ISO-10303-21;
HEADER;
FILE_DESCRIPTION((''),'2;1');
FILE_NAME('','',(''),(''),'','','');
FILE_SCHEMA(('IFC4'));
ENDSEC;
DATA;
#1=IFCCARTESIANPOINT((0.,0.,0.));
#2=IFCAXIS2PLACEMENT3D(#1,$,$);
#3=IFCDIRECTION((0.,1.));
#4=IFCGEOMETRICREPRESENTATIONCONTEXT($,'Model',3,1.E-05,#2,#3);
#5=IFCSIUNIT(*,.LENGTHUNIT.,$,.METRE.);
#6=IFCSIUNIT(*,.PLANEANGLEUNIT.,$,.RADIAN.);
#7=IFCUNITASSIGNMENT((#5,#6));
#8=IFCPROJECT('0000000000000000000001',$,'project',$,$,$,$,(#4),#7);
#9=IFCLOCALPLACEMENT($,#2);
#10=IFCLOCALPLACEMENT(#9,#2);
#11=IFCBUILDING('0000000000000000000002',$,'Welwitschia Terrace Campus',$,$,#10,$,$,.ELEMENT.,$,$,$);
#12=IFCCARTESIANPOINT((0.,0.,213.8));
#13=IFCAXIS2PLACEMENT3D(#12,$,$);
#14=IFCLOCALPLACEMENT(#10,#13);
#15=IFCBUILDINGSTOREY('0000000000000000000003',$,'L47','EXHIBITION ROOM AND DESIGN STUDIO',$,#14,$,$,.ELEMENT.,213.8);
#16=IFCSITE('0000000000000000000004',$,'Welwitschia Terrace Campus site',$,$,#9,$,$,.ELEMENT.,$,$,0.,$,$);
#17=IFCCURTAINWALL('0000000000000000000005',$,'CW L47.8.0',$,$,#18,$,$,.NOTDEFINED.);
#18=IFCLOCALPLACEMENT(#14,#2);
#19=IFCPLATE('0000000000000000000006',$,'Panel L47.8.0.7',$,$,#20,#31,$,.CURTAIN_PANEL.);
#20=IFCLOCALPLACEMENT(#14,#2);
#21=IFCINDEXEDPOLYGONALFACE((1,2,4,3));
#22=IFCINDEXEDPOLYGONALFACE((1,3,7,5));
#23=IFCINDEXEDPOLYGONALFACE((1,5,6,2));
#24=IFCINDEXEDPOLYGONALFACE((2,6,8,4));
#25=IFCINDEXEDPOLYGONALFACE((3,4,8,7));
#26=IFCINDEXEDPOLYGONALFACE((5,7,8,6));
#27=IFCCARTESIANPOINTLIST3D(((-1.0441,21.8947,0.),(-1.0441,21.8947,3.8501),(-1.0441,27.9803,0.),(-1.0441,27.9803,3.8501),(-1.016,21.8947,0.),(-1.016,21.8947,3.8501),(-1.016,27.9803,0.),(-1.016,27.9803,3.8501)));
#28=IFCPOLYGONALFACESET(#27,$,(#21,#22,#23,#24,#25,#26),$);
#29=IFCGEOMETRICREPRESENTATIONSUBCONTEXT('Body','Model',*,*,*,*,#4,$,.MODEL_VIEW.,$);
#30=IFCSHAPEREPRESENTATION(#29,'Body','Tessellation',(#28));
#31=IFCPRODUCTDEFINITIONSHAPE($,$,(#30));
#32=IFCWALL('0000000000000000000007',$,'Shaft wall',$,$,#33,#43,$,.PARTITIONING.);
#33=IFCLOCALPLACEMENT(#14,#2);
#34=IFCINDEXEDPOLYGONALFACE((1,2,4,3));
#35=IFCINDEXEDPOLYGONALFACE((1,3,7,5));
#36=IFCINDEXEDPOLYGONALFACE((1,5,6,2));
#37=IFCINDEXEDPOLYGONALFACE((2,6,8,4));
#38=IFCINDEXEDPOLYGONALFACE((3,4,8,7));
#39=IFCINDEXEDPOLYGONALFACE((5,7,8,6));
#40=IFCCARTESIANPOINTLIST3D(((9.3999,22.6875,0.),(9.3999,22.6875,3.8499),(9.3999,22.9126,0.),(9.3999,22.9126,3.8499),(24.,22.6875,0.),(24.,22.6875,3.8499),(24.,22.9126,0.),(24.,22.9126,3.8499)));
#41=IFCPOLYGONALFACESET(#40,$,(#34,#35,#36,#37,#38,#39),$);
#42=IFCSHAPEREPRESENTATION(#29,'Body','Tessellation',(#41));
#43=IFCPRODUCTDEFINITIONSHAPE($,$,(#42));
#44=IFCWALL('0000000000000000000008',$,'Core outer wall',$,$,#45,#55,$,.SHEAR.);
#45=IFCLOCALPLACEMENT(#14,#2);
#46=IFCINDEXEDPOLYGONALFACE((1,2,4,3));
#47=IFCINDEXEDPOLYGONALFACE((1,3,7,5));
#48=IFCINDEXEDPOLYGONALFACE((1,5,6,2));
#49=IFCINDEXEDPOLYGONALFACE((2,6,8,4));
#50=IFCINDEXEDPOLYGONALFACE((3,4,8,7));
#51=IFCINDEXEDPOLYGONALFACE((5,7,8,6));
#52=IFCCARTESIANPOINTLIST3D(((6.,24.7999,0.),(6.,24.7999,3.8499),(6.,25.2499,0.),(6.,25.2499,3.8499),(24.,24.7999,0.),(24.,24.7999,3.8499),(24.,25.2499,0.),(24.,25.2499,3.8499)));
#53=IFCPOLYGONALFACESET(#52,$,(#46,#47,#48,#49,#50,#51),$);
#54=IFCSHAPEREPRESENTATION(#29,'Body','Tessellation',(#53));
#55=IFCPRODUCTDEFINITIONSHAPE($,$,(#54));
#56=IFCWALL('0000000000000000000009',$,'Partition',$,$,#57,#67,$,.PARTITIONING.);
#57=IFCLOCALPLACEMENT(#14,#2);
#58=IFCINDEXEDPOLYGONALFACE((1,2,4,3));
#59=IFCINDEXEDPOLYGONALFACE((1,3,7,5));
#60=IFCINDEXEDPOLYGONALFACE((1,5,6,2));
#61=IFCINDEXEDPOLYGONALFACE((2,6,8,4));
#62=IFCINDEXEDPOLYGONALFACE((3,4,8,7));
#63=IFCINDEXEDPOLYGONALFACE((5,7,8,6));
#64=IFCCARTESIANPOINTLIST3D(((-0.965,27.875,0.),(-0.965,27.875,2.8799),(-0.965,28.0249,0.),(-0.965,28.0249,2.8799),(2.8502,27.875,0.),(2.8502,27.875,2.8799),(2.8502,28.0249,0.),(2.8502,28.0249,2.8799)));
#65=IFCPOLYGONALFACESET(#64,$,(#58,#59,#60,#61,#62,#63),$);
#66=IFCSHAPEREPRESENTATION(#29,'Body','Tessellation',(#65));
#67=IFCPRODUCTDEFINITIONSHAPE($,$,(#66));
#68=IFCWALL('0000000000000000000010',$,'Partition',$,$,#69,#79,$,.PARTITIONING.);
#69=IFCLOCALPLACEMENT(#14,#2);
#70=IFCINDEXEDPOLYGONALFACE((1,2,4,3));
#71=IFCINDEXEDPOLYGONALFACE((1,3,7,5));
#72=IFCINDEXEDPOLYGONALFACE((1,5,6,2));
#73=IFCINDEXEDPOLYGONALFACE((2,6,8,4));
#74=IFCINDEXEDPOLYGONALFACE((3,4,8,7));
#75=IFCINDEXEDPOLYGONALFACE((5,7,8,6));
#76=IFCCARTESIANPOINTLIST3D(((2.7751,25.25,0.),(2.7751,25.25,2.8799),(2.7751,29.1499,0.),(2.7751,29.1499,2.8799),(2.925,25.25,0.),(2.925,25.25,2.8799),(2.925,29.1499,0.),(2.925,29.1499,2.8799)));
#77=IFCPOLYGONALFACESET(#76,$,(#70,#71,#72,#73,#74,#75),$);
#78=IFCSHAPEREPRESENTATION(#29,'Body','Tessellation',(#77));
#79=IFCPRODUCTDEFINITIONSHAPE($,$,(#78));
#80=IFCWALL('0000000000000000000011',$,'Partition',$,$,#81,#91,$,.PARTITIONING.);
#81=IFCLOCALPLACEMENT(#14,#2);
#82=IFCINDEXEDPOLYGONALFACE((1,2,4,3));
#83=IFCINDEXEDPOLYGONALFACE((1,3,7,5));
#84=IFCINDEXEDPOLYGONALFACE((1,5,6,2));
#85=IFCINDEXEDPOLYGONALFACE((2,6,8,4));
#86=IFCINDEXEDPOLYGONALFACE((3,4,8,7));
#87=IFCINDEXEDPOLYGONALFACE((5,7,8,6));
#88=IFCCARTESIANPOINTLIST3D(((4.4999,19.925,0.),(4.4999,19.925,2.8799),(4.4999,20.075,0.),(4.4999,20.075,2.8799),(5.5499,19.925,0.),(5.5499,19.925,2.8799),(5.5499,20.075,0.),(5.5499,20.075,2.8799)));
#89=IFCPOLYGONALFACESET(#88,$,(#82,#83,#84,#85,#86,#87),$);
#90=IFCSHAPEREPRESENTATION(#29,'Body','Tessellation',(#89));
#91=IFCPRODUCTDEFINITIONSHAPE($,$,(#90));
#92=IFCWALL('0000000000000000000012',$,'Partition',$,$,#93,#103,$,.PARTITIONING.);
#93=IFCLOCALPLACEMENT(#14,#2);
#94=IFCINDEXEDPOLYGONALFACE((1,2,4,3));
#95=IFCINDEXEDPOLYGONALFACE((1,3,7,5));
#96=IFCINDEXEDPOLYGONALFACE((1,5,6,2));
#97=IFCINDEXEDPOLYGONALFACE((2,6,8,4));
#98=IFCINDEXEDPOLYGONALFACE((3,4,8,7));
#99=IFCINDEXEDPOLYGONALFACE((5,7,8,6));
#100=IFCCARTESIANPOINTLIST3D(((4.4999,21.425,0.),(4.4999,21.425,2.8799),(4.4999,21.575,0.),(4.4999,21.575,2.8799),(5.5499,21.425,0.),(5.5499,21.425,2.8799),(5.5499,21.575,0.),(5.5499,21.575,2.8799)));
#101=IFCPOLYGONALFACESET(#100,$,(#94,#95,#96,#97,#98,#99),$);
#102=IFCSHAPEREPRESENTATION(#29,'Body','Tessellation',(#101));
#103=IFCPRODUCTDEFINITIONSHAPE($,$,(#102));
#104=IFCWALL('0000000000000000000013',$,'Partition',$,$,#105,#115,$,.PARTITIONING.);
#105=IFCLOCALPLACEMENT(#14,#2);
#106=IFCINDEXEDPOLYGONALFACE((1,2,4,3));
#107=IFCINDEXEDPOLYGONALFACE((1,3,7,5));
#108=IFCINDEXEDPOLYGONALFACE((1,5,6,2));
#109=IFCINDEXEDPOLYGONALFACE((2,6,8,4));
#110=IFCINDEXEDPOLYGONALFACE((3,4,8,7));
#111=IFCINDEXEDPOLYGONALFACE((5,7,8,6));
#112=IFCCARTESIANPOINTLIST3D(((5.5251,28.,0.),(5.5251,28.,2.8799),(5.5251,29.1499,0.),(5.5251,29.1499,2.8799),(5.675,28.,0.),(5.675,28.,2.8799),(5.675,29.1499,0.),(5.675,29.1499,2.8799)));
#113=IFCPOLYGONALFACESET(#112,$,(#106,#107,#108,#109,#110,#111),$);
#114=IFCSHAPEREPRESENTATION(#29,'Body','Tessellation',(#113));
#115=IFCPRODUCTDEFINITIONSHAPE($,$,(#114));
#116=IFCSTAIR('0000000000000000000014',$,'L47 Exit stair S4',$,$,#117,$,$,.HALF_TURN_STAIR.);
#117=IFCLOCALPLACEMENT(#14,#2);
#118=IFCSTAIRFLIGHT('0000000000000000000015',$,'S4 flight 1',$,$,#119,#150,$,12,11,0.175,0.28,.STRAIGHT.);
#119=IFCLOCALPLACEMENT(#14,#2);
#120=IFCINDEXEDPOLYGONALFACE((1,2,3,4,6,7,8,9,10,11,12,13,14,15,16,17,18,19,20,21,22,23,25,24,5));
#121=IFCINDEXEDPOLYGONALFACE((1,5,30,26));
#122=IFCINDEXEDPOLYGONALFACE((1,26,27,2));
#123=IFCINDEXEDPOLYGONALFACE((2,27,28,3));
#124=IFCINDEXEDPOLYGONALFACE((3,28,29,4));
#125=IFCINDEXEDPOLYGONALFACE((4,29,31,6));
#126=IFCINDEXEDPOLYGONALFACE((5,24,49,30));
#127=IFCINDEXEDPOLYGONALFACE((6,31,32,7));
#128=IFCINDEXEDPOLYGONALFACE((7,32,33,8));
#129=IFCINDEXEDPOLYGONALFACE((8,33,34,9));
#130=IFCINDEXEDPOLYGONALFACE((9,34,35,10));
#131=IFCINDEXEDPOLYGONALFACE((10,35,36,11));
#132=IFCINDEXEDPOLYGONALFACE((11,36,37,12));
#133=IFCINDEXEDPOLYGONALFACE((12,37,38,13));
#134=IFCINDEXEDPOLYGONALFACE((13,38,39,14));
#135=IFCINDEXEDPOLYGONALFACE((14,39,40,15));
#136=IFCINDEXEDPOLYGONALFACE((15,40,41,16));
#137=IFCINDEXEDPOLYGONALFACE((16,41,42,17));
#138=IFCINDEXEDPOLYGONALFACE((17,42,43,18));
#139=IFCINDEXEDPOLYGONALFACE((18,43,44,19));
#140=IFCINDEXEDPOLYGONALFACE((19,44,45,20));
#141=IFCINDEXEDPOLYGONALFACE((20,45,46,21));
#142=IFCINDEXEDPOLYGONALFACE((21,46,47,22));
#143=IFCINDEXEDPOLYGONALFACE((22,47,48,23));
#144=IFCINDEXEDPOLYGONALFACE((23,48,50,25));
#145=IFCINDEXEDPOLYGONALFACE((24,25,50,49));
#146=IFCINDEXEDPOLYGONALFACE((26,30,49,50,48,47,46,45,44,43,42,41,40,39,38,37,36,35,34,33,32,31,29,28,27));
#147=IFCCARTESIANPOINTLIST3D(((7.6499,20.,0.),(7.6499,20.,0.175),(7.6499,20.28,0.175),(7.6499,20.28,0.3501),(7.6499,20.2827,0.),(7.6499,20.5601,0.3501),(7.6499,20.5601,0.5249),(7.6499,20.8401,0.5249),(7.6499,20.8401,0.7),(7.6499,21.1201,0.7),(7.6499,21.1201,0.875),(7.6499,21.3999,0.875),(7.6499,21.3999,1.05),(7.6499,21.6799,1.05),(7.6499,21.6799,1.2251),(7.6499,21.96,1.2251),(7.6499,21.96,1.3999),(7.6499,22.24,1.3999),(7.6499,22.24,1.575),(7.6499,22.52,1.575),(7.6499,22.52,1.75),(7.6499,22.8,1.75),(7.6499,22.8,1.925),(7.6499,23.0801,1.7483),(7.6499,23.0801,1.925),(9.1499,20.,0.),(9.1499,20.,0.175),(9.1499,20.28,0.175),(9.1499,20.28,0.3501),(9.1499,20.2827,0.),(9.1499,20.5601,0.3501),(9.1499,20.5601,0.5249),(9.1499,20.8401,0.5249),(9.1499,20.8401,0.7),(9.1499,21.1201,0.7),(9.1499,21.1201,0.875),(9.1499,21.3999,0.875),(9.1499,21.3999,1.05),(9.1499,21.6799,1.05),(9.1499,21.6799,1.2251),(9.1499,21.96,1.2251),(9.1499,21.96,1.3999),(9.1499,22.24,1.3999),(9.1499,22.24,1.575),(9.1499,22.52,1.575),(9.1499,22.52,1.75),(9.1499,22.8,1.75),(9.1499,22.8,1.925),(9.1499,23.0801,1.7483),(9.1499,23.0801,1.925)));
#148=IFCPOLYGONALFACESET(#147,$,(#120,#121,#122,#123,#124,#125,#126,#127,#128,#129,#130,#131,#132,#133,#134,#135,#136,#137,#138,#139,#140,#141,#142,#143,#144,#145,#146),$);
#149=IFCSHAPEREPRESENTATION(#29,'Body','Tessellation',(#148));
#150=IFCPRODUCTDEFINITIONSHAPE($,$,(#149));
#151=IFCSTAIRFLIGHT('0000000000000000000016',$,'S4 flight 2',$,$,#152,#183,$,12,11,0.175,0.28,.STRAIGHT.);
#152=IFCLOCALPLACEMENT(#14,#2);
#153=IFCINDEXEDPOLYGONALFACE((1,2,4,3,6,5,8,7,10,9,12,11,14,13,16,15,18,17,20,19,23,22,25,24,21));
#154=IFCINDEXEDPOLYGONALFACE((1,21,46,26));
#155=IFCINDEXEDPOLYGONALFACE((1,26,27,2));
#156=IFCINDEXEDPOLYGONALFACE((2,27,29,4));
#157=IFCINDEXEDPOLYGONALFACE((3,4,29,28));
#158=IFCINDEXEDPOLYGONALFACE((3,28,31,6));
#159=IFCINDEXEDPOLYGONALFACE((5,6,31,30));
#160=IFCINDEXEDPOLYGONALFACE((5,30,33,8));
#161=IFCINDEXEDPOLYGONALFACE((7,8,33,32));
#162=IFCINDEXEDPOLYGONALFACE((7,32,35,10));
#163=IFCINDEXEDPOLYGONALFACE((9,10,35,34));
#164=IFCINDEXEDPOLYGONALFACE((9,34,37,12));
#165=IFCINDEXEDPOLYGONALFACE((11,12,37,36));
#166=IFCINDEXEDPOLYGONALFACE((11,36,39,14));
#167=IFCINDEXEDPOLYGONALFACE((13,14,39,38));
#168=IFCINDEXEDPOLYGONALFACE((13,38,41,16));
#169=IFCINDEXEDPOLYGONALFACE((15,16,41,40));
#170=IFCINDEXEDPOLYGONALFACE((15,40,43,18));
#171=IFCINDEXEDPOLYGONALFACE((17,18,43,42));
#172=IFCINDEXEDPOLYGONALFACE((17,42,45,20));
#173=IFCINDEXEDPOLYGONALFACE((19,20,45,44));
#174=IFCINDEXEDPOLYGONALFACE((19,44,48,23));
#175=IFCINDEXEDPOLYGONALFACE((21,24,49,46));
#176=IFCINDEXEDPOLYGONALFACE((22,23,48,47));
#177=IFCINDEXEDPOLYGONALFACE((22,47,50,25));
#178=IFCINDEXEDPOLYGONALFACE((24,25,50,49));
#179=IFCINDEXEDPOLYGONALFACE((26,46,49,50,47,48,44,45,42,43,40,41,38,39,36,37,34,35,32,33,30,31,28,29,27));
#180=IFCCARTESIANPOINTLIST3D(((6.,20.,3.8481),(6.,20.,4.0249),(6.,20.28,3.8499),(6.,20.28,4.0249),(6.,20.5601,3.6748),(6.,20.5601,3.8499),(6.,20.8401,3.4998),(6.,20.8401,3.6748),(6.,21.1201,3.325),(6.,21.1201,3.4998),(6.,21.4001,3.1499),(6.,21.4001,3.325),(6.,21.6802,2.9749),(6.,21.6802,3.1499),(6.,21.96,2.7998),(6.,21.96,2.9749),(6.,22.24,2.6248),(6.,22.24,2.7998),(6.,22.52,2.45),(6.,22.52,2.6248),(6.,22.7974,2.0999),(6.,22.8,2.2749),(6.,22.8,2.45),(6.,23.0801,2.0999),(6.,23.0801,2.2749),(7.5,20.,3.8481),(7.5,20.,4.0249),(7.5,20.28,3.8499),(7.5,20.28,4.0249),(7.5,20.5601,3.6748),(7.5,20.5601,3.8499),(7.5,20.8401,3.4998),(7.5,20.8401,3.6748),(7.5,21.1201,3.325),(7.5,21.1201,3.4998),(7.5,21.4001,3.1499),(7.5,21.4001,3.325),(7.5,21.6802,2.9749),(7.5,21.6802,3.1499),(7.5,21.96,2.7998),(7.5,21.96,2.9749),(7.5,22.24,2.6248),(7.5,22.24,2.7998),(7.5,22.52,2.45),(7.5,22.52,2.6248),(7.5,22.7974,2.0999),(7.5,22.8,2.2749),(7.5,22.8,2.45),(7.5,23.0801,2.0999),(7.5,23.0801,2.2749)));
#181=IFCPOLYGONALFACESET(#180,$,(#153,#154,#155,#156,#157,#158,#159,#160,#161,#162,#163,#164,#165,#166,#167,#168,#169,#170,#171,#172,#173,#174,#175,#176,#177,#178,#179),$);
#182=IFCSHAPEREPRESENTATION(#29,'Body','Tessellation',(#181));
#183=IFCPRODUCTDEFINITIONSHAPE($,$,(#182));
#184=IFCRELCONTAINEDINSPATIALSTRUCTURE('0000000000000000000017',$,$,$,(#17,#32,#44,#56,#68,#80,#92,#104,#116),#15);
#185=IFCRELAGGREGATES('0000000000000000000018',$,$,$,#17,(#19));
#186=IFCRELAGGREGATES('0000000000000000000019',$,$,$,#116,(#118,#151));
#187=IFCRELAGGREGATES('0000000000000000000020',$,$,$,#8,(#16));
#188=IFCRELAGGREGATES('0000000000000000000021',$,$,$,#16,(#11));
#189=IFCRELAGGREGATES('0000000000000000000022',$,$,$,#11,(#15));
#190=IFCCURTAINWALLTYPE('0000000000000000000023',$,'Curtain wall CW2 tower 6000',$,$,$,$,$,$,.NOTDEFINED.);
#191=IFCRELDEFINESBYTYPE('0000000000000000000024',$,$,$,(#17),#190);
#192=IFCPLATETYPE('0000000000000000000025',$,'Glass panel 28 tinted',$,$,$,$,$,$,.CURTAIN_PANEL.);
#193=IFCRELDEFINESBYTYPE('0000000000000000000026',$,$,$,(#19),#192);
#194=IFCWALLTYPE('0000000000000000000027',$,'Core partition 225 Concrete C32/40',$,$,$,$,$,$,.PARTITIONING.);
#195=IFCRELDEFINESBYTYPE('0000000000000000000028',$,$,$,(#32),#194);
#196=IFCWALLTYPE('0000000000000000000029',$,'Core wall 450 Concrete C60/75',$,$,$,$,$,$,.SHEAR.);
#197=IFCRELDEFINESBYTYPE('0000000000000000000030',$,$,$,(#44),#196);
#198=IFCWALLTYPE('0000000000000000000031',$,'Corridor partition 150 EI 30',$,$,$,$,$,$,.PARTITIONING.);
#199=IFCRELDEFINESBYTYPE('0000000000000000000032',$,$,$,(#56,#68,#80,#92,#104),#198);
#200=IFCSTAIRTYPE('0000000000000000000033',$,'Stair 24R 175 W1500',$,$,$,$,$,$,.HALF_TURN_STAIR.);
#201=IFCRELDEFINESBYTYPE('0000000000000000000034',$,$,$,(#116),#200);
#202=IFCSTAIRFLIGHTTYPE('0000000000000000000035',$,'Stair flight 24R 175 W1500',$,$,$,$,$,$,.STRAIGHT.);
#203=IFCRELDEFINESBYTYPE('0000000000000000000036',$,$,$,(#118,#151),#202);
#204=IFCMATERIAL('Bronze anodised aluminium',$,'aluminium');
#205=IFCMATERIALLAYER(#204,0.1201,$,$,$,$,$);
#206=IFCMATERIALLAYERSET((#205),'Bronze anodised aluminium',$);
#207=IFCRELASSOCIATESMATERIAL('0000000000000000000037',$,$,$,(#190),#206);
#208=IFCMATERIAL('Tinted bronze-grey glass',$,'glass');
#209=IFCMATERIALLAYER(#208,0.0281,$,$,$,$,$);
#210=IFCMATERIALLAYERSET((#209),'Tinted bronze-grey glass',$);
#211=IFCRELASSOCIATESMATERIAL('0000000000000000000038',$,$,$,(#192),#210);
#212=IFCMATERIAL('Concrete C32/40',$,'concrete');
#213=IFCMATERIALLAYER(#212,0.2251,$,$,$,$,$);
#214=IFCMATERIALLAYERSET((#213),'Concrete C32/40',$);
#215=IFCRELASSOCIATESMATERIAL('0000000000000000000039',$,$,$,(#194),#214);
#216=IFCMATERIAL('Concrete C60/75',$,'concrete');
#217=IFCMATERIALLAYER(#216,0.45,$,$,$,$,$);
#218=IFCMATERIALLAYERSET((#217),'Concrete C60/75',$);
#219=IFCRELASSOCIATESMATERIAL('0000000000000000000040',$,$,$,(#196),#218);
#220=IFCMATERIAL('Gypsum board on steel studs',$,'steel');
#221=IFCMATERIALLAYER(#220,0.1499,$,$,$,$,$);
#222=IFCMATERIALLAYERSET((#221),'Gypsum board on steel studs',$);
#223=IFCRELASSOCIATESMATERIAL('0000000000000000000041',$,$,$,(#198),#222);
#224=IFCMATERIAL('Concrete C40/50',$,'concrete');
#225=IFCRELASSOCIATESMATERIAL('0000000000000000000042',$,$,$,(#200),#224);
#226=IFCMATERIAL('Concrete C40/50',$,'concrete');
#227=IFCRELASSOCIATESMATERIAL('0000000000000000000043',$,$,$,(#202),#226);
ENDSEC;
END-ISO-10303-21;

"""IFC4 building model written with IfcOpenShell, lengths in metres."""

from ifc_helpers import new_model, si_unit, direction, frame, frame_2d, origin, origin_2d, place, context, subcontext, project, spatial, polyline, rectangle, outline, extrude, material, layer, layer_set, type_object, element, aggregate, save


model = new_model("IFC4")

# Units and contexts
model_context = context("Model", 3, precision=1e-05, world=origin(), true_north=direction((0.0, 1.0)))
body_context = subcontext(model_context, "Body", "Model", "MODEL_VIEW")
ifc_project = project(units=[si_unit("LENGTHUNIT", "METRE"), si_unit("PLANEANGLEUNIT", "RADIAN")], contexts=[model_context])

# Site, building, storey
site_placement = place(None, origin())
site = spatial("IfcSite", under=ifc_project, at=site_placement, Name="Welwitschia Terrace Campus site", CompositionType="ELEMENT", RefElevation=0.0)
building_placement = place(site_placement, origin())
building = spatial("IfcBuilding", under=site, at=building_placement, Name="Welwitschia Terrace Campus", CompositionType="ELEMENT")
storey_placement = place(building_placement, frame((0.0, 0.0, 213.8)))
storey = spatial("IfcBuildingStorey", under=building, at=storey_placement, Name="L47", Description="EXHIBITION ROOM AND DESIGN STUDIO", CompositionType="ELEMENT", Elevation=213.8)

# Curtain wall
ifc_material_1 = material(Name="Bronze anodised aluminium", Category="aluminium")
ifc_layer_1 = layer(ifc_material_1, 0.1201)
ifc_layer_set_1 = layer_set([ifc_layer_1], Name="Bronze anodised aluminium")
curtain_wall_type = type_object("IfcCurtainWallType", Name="Curtain wall CW2 tower 6000", PredefinedType="NOTDEFINED", material=ifc_layer_set_1)
curtain_wall_placement = place(storey_placement, origin())
curtain_wall = element("IfcCurtainWall", 1, at=curtain_wall_placement, inside=storey, type_object=curtain_wall_type, Name="CW L47.8.0", PredefinedType="NOTDEFINED")

# Plate
ifc_material_2 = material(Name="Tinted bronze-grey glass", Category="glass")
ifc_layer_2 = layer(ifc_material_2, 0.0281)
ifc_layer_set_2 = layer_set([ifc_layer_2], Name="Tinted bronze-grey glass")
plate_type = type_object("IfcPlateType", Name="Glass panel 28 tinted", PredefinedType="CURTAIN_PANEL", material=ifc_layer_set_2)
plate_placement = place(storey_placement, frame((-1.03, 24.9375, 0.0), z_axis=(0.0, 0.0, 1.0), x_axis=(0.0, -1.0, 0.0)))
plate = element("IfcPlate", 2, at=plate_placement, type_object=plate_type, Name="Panel L47.8.0.7", PredefinedType="CURTAIN_PANEL", context=body_context, shape_type="SweptSolid", body=[
    extrude(rectangle(XDim=6.0857, YDim=0.0281, at=origin_2d()), origin(), (0.0, 0.0, 1.0), 3.8501),
])
aggregate(curtain_wall, [plate])

# Walls
ifc_material_3 = material(Name="Concrete C32/40", Category="concrete")
ifc_layer_3 = layer(ifc_material_3, 0.2251)
ifc_layer_set_3 = layer_set([ifc_layer_3], Name="Concrete C32/40")
wall_type_1 = type_object("IfcWallType", Name="Core partition 225 Concrete C32/40", PredefinedType="PARTITIONING", material=ifc_layer_set_3)
wall_1_placement = place(storey_placement, frame((9.3999, 22.8, 0.0), z_axis=(0.0, 0.0, 1.0), x_axis=(1.0, 0.0, 0.0)))
element("IfcWall", 3, at=wall_1_placement, inside=storey, type_object=wall_type_1, Name="Shaft wall", PredefinedType="PARTITIONING", context=body_context, shape_type="SweptSolid", body=[
    extrude(rectangle(XDim=14.6001, YDim=0.2251, at=frame_2d((7.3, 0.0))), origin(), (0.0, 0.0, 1.0), 3.8499),
])
ifc_material_4 = material(Name="Concrete C60/75", Category="concrete")
ifc_layer_4 = layer(ifc_material_4, 0.45)
ifc_layer_set_4 = layer_set([ifc_layer_4], Name="Concrete C60/75")
wall_type_2 = type_object("IfcWallType", Name="Core wall 450 Concrete C60/75", PredefinedType="SHEAR", material=ifc_layer_set_4)
wall_2_placement = place(storey_placement, frame((6.0, 25.0249, 0.0), z_axis=(0.0, 0.0, 1.0), x_axis=(1.0, 0.0, 0.0)))
element("IfcWall", 4, at=wall_2_placement, inside=storey, type_object=wall_type_2, Name="Core outer wall", PredefinedType="SHEAR", context=body_context, shape_type="SweptSolid", body=[
    extrude(rectangle(XDim=18.0, YDim=0.45, at=frame_2d((9.0, 0.0))), origin(), (0.0, 0.0, 1.0), 3.8499),
])
ifc_material_5 = material(Name="Gypsum board on steel studs", Category="steel")
ifc_layer_5 = layer(ifc_material_5, 0.1499)
ifc_layer_set_5 = layer_set([ifc_layer_5], Name="Gypsum board on steel studs")
wall_type_3 = type_object("IfcWallType", Name="Corridor partition 150 EI 30", PredefinedType="PARTITIONING", material=ifc_layer_set_5)
wall_3_placement = place(storey_placement, frame((-0.9651, 27.95, 0.0), z_axis=(0.0, 0.0, 1.0), x_axis=(1.0, 0.0, 0.0)))
element("IfcWall", 5, at=wall_3_placement, inside=storey, type_object=wall_type_3, Name="Partition", PredefinedType="PARTITIONING", context=body_context, shape_type="SweptSolid", body=[
    extrude(rectangle(XDim=3.8152, YDim=0.1499, at=frame_2d((1.9077, 0.0))), origin(), (0.0, 0.0, 1.0), 2.8799),
])
wall_4_placement = place(storey_placement, frame((2.8501, 25.25, 0.0), z_axis=(0.0, 0.0, 1.0), x_axis=(0.0, 1.0, 0.0)))
element("IfcWall", 6, at=wall_4_placement, inside=storey, type_object=wall_type_3, Name="Partition", PredefinedType="PARTITIONING", context=body_context, shape_type="SweptSolid", body=[
    extrude(rectangle(XDim=3.8999, YDim=0.1499, at=frame_2d((1.95, 0.0))), origin(), (0.0, 0.0, 1.0), 2.8799),
])
for number, where, z_axis, x_axis, name in (
    (7, (4.5, 20.0, 0.0), (0.0, 0.0, 1.0), (1.0, 0.0, 0.0), "Partition"),
    (8, (4.5, 21.5, 0.0), (0.0, 0.0, 1.0), (1.0, 0.0, 0.0), "Partition"),
):
    element("IfcWall", number, at=place(storey_placement, frame(where, z_axis=z_axis, x_axis=x_axis)), inside=storey, type_object=wall_type_3, Name=name, PredefinedType="PARTITIONING", context=body_context, shape_type="SweptSolid", body=[
        extrude(rectangle(XDim=1.05, YDim=0.1499, at=frame_2d((0.5249, 0.0))), origin(), (0.0, 0.0, 1.0), 2.8799),
    ])
wall_5_placement = place(storey_placement, frame((5.6001, 28.0, 0.0), z_axis=(0.0, 0.0, 1.0), x_axis=(0.0, 1.0, 0.0)))
element("IfcWall", 9, at=wall_5_placement, inside=storey, type_object=wall_type_3, Name="Partition", PredefinedType="PARTITIONING", context=body_context, shape_type="SweptSolid", body=[
    extrude(rectangle(XDim=1.1499, YDim=0.1499, at=frame_2d((0.575, 0.0))), origin(), (0.0, 0.0, 1.0), 2.8799),
])

# Stair, stair flights
ifc_material_6 = material(Name="Concrete C40/50", Category="concrete")
stair_type = type_object("IfcStairType", Name="Stair 24R 175 W1500", PredefinedType="HALF_TURN_STAIR", material=ifc_material_6)
stair_placement = place(storey_placement, origin())
stair = element("IfcStair", 10, at=stair_placement, inside=storey, type_object=stair_type, Name="L47 Exit stair S4", PredefinedType="HALF_TURN_STAIR")
ifc_material_7 = material(Name="Concrete C40/50", Category="concrete")
stair_flight_type = type_object("IfcStairFlightType", Name="Stair flight 24R 175 W1500", PredefinedType="STRAIGHT", material=ifc_material_7)
stair_flight_1_placement = place(storey_placement, frame((8.3999, 20.0, 0.0), z_axis=(0.0, 0.0, 1.0), x_axis=(0.0, 1.0, 0.0)))
stair_flight_1 = element("IfcStairFlight", 11, at=stair_flight_1_placement, type_object=stair_flight_type, Name="S4 flight 1", NumberOfRisers=12, NumberOfTreads=11, PredefinedType="STRAIGHT", RiserHeight=0.175, TreadLength=0.28, context=body_context, shape_type="SweptSolid", body=[
    extrude(outline(polyline([(0.0, 0.0), (0.0, 0.175), (0.28, 0.175), (0.28, 0.3501), (0.5601, 0.3501), (0.5601, 0.5249), (0.8401, 0.5249), (0.8401, 0.7), (1.1201, 0.7), (1.1201, 0.875), (1.3999, 0.875), (1.3999, 1.05), (1.6799, 1.05), (1.6799, 1.2251), (1.96, 1.2251), (1.96, 1.3999), (2.24, 1.3999), (2.24, 1.575), (2.52, 1.575), (2.52, 1.75), (2.8, 1.75), (2.8, 1.925), (3.0801, 1.925), (3.0801, 2.1001), (3.0801, 1.7483), (0.2827, 0.0), (0.0, 0.0)])), frame((0.0, 0.75, 0.0), z_axis=(0.0, -1.0, 0.0), x_axis=(1.0, 0.0, 0.0)), (0.0, 0.0, 1.0), 1.5),
])
stair_flight_2_placement = place(storey_placement, frame((6.75, 23.0801, 2.0999), z_axis=(0.0, 0.0, 1.0), x_axis=(0.0, -1.0, 0.0)))
stair_flight_2 = element("IfcStairFlight", 12, at=stair_flight_2_placement, type_object=stair_flight_type, Name="S4 flight 2", NumberOfRisers=12, NumberOfTreads=11, PredefinedType="STRAIGHT", RiserHeight=0.175, TreadLength=0.28, context=body_context, shape_type="SweptSolid", body=[
    extrude(outline(polyline([(0.0, 0.0), (0.0, 0.175), (0.28, 0.175), (0.28, 0.3501), (0.5601, 0.3501), (0.5601, 0.5249), (0.8401, 0.5249), (0.8401, 0.7), (1.1201, 0.7), (1.1201, 0.875), (1.3999, 0.875), (1.3999, 1.05), (1.6799, 1.05), (1.6799, 1.2251), (1.96, 1.2251), (1.96, 1.3999), (2.24, 1.3999), (2.24, 1.575), (2.52, 1.575), (2.52, 1.75), (2.8, 1.75), (2.8, 1.925), (3.0801, 1.925), (3.0801, 2.1001), (3.0801, 1.7483), (0.2827, 0.0), (0.0, 0.0)])), frame((0.0, 0.75, 0.0), z_axis=(0.0, -1.0, 0.0), x_axis=(1.0, 0.0, 0.0)), (0.0, 0.0, 1.0), 1.5),
])
aggregate(stair, [stair_flight_1, stair_flight_2])

save(model, "model.ifc")
